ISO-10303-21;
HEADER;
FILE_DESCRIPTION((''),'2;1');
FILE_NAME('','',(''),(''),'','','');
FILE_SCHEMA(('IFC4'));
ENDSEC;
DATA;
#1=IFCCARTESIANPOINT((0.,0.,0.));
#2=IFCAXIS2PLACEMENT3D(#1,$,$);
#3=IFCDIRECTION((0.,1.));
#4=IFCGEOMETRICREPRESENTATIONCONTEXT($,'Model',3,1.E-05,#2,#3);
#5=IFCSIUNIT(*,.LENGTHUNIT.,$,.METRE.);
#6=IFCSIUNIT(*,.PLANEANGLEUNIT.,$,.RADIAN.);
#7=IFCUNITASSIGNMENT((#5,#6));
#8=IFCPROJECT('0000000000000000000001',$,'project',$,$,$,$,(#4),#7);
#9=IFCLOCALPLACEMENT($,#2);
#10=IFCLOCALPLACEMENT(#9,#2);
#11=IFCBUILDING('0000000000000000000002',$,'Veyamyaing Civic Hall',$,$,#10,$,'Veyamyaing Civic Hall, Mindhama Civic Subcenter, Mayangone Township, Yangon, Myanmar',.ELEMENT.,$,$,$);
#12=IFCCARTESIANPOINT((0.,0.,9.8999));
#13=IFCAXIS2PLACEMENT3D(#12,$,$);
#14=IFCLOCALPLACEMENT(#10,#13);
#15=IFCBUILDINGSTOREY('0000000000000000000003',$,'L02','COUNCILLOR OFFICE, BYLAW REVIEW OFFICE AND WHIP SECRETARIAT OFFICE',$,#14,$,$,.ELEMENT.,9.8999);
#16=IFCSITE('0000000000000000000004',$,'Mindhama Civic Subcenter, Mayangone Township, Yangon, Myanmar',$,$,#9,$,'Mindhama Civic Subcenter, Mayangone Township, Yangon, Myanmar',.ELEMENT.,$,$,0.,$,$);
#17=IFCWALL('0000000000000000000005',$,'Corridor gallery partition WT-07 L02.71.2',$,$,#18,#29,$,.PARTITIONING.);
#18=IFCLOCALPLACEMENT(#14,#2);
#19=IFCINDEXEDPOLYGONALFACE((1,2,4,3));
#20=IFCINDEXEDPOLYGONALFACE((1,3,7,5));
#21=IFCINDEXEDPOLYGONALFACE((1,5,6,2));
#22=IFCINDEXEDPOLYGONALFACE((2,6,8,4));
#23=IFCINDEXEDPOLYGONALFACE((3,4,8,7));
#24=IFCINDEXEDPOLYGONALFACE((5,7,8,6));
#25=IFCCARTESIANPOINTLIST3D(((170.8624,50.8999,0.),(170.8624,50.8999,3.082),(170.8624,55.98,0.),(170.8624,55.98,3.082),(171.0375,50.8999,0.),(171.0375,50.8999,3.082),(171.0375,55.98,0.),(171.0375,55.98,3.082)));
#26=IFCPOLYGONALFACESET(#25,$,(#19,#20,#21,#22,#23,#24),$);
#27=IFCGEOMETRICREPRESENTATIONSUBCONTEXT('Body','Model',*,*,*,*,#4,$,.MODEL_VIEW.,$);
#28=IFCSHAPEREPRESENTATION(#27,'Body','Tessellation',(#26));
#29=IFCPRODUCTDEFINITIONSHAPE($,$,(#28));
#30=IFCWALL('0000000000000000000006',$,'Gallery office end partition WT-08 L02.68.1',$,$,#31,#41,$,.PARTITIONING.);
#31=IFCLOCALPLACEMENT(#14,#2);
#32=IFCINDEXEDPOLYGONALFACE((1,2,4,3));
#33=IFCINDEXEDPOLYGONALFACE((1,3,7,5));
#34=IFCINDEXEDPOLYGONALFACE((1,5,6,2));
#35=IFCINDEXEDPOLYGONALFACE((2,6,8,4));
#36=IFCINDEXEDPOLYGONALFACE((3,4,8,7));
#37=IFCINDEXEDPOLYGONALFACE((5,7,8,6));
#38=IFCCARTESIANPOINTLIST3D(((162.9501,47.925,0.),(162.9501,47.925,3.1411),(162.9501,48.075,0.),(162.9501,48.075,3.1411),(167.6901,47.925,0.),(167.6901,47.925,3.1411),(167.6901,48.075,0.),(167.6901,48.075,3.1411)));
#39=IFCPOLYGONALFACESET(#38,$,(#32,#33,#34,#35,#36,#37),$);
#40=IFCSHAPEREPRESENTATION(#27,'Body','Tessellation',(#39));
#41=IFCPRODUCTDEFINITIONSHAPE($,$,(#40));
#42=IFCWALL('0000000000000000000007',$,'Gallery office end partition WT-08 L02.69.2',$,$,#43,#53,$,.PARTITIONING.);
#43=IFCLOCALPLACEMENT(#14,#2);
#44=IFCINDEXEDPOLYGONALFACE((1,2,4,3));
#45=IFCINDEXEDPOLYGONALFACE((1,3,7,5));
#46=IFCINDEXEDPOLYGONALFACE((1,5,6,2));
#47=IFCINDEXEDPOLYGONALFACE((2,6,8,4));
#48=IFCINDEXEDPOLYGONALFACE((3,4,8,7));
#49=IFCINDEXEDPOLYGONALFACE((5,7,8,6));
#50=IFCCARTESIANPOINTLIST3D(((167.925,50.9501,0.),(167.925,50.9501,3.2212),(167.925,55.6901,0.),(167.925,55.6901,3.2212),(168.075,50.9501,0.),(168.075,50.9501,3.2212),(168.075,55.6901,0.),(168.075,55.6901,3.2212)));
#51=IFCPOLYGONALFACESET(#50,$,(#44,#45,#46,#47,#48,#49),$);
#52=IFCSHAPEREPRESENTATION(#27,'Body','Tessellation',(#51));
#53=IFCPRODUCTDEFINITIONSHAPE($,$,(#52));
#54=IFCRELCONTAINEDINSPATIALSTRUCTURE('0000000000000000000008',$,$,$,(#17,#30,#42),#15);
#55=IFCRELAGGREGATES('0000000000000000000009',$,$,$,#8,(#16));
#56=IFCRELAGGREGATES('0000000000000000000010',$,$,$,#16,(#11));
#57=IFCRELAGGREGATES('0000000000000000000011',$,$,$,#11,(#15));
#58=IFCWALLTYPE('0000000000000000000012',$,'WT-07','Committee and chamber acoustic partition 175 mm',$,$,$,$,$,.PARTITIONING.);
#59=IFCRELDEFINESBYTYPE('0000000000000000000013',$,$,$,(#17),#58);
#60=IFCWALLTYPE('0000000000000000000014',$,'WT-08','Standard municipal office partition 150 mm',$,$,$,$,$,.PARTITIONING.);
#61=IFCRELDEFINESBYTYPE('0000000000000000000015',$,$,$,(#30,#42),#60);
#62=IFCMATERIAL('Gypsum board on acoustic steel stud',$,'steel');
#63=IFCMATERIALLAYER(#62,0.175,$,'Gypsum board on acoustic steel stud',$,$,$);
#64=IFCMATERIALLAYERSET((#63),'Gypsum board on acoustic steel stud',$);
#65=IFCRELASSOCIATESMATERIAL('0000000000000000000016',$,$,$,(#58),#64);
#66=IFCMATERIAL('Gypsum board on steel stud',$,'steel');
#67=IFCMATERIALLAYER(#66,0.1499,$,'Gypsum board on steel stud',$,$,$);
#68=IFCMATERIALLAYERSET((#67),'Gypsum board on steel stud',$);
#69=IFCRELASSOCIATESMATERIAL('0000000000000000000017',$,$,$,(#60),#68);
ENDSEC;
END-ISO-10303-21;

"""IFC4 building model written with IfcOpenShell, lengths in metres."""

from ifc_helpers import new_model, si_unit, direction, frame, frame_2d, origin, place, context, subcontext, project, spatial, rectangle, extrude, material, layer, layer_set, type_object, element, save


model = new_model("IFC4")

# Units and contexts
model_context = context("Model", 3, precision=1e-05, world=origin(), true_north=direction((0.0, 1.0)))
body_context = subcontext(model_context, "Body", "Model", "MODEL_VIEW")
ifc_project = project(units=[si_unit("LENGTHUNIT", "METRE"), si_unit("PLANEANGLEUNIT", "RADIAN")], contexts=[model_context])

# Site, building, storey
site_placement = place(None, origin())
site = spatial("IfcSite", under=ifc_project, at=site_placement, Name="Mindhama Civic Subcenter, Mayangone Township, Yangon, Myanmar", LongName="Mindhama Civic Subcenter, Mayangone Township, Yangon, Myanmar", CompositionType="ELEMENT", RefElevation=0.0)
building_placement = place(site_placement, origin())
building = spatial("IfcBuilding", under=site, at=building_placement, Name="Veyamyaing Civic Hall", LongName="Veyamyaing Civic Hall, Mindhama Civic Subcenter, Mayangone Township, Yangon, Myanmar", CompositionType="ELEMENT")
storey_placement = place(building_placement, frame((0.0, 0.0, 9.8999)))
storey = spatial("IfcBuildingStorey", under=building, at=storey_placement, Name="L02", Description="COUNCILLOR OFFICE, BYLAW REVIEW OFFICE AND WHIP SECRETARIAT OFFICE", CompositionType="ELEMENT", Elevation=9.8999)

# Shared definitions
ifc_material_1 = material(Name="Gypsum board on acoustic steel stud", Category="steel")
ifc_layer_1 = layer(ifc_material_1, 0.175, Name="Gypsum board on acoustic steel stud")
ifc_layer_set_1 = layer_set([ifc_layer_1], Name="Gypsum board on acoustic steel stud")
wall_type_1 = type_object("IfcWallType", Name="WT-07", Description="Committee and chamber acoustic partition 175 mm", PredefinedType="PARTITIONING", material=ifc_layer_set_1)

# Walls
wall_1_placement = place(storey_placement, frame((170.95, 50.8999, 0.0), z_axis=(0.0, 0.0, 1.0), x_axis=(0.0, 1.0, 0.0)))
element("IfcWall", 1, at=wall_1_placement, inside=storey, type_object=wall_type_1, Name="Corridor gallery partition WT-07 L02.71.2", PredefinedType="PARTITIONING", context=body_context, shape_type="SweptSolid", body=[
    extrude(rectangle(XDim=5.0801, YDim=0.175, at=frame_2d((2.54, 0.0))), origin(), (0.0, 0.0, 1.0), 3.082),
])
ifc_material_2 = material(Name="Gypsum board on steel stud", Category="steel")
ifc_layer_2 = layer(ifc_material_2, 0.1499, Name="Gypsum board on steel stud")
ifc_layer_set_2 = layer_set([ifc_layer_2], Name="Gypsum board on steel stud")
wall_type_2 = type_object("IfcWallType", Name="WT-08", Description="Standard municipal office partition 150 mm", PredefinedType="PARTITIONING", material=ifc_layer_set_2)
wall_2_placement = place(storey_placement, frame((162.95, 48.0, 0.0), z_axis=(0.0, 0.0, 1.0), x_axis=(1.0, 0.0, 0.0)))
element("IfcWall", 2, at=wall_2_placement, inside=storey, type_object=wall_type_2, Name="Gallery office end partition WT-08 L02.68.1", PredefinedType="PARTITIONING", context=body_context, shape_type="SweptSolid", body=[
    extrude(rectangle(XDim=4.74, YDim=0.1499, at=frame_2d((2.3701, 0.0))), origin(), (0.0, 0.0, 1.0), 3.1411),
])
wall_3_placement = place(storey_placement, frame((168.0, 50.95, 0.0), z_axis=(0.0, 0.0, 1.0), x_axis=(0.0, 1.0, 0.0)))
element("IfcWall", 3, at=wall_3_placement, inside=storey, type_object=wall_type_2, Name="Gallery office end partition WT-08 L02.69.2", PredefinedType="PARTITIONING", context=body_context, shape_type="SweptSolid", body=[
    extrude(rectangle(XDim=4.74, YDim=0.1499, at=frame_2d((2.3701, 0.0))), origin(), (0.0, 0.0, 1.0), 3.2212),
])

save(model, "model.ifc")
